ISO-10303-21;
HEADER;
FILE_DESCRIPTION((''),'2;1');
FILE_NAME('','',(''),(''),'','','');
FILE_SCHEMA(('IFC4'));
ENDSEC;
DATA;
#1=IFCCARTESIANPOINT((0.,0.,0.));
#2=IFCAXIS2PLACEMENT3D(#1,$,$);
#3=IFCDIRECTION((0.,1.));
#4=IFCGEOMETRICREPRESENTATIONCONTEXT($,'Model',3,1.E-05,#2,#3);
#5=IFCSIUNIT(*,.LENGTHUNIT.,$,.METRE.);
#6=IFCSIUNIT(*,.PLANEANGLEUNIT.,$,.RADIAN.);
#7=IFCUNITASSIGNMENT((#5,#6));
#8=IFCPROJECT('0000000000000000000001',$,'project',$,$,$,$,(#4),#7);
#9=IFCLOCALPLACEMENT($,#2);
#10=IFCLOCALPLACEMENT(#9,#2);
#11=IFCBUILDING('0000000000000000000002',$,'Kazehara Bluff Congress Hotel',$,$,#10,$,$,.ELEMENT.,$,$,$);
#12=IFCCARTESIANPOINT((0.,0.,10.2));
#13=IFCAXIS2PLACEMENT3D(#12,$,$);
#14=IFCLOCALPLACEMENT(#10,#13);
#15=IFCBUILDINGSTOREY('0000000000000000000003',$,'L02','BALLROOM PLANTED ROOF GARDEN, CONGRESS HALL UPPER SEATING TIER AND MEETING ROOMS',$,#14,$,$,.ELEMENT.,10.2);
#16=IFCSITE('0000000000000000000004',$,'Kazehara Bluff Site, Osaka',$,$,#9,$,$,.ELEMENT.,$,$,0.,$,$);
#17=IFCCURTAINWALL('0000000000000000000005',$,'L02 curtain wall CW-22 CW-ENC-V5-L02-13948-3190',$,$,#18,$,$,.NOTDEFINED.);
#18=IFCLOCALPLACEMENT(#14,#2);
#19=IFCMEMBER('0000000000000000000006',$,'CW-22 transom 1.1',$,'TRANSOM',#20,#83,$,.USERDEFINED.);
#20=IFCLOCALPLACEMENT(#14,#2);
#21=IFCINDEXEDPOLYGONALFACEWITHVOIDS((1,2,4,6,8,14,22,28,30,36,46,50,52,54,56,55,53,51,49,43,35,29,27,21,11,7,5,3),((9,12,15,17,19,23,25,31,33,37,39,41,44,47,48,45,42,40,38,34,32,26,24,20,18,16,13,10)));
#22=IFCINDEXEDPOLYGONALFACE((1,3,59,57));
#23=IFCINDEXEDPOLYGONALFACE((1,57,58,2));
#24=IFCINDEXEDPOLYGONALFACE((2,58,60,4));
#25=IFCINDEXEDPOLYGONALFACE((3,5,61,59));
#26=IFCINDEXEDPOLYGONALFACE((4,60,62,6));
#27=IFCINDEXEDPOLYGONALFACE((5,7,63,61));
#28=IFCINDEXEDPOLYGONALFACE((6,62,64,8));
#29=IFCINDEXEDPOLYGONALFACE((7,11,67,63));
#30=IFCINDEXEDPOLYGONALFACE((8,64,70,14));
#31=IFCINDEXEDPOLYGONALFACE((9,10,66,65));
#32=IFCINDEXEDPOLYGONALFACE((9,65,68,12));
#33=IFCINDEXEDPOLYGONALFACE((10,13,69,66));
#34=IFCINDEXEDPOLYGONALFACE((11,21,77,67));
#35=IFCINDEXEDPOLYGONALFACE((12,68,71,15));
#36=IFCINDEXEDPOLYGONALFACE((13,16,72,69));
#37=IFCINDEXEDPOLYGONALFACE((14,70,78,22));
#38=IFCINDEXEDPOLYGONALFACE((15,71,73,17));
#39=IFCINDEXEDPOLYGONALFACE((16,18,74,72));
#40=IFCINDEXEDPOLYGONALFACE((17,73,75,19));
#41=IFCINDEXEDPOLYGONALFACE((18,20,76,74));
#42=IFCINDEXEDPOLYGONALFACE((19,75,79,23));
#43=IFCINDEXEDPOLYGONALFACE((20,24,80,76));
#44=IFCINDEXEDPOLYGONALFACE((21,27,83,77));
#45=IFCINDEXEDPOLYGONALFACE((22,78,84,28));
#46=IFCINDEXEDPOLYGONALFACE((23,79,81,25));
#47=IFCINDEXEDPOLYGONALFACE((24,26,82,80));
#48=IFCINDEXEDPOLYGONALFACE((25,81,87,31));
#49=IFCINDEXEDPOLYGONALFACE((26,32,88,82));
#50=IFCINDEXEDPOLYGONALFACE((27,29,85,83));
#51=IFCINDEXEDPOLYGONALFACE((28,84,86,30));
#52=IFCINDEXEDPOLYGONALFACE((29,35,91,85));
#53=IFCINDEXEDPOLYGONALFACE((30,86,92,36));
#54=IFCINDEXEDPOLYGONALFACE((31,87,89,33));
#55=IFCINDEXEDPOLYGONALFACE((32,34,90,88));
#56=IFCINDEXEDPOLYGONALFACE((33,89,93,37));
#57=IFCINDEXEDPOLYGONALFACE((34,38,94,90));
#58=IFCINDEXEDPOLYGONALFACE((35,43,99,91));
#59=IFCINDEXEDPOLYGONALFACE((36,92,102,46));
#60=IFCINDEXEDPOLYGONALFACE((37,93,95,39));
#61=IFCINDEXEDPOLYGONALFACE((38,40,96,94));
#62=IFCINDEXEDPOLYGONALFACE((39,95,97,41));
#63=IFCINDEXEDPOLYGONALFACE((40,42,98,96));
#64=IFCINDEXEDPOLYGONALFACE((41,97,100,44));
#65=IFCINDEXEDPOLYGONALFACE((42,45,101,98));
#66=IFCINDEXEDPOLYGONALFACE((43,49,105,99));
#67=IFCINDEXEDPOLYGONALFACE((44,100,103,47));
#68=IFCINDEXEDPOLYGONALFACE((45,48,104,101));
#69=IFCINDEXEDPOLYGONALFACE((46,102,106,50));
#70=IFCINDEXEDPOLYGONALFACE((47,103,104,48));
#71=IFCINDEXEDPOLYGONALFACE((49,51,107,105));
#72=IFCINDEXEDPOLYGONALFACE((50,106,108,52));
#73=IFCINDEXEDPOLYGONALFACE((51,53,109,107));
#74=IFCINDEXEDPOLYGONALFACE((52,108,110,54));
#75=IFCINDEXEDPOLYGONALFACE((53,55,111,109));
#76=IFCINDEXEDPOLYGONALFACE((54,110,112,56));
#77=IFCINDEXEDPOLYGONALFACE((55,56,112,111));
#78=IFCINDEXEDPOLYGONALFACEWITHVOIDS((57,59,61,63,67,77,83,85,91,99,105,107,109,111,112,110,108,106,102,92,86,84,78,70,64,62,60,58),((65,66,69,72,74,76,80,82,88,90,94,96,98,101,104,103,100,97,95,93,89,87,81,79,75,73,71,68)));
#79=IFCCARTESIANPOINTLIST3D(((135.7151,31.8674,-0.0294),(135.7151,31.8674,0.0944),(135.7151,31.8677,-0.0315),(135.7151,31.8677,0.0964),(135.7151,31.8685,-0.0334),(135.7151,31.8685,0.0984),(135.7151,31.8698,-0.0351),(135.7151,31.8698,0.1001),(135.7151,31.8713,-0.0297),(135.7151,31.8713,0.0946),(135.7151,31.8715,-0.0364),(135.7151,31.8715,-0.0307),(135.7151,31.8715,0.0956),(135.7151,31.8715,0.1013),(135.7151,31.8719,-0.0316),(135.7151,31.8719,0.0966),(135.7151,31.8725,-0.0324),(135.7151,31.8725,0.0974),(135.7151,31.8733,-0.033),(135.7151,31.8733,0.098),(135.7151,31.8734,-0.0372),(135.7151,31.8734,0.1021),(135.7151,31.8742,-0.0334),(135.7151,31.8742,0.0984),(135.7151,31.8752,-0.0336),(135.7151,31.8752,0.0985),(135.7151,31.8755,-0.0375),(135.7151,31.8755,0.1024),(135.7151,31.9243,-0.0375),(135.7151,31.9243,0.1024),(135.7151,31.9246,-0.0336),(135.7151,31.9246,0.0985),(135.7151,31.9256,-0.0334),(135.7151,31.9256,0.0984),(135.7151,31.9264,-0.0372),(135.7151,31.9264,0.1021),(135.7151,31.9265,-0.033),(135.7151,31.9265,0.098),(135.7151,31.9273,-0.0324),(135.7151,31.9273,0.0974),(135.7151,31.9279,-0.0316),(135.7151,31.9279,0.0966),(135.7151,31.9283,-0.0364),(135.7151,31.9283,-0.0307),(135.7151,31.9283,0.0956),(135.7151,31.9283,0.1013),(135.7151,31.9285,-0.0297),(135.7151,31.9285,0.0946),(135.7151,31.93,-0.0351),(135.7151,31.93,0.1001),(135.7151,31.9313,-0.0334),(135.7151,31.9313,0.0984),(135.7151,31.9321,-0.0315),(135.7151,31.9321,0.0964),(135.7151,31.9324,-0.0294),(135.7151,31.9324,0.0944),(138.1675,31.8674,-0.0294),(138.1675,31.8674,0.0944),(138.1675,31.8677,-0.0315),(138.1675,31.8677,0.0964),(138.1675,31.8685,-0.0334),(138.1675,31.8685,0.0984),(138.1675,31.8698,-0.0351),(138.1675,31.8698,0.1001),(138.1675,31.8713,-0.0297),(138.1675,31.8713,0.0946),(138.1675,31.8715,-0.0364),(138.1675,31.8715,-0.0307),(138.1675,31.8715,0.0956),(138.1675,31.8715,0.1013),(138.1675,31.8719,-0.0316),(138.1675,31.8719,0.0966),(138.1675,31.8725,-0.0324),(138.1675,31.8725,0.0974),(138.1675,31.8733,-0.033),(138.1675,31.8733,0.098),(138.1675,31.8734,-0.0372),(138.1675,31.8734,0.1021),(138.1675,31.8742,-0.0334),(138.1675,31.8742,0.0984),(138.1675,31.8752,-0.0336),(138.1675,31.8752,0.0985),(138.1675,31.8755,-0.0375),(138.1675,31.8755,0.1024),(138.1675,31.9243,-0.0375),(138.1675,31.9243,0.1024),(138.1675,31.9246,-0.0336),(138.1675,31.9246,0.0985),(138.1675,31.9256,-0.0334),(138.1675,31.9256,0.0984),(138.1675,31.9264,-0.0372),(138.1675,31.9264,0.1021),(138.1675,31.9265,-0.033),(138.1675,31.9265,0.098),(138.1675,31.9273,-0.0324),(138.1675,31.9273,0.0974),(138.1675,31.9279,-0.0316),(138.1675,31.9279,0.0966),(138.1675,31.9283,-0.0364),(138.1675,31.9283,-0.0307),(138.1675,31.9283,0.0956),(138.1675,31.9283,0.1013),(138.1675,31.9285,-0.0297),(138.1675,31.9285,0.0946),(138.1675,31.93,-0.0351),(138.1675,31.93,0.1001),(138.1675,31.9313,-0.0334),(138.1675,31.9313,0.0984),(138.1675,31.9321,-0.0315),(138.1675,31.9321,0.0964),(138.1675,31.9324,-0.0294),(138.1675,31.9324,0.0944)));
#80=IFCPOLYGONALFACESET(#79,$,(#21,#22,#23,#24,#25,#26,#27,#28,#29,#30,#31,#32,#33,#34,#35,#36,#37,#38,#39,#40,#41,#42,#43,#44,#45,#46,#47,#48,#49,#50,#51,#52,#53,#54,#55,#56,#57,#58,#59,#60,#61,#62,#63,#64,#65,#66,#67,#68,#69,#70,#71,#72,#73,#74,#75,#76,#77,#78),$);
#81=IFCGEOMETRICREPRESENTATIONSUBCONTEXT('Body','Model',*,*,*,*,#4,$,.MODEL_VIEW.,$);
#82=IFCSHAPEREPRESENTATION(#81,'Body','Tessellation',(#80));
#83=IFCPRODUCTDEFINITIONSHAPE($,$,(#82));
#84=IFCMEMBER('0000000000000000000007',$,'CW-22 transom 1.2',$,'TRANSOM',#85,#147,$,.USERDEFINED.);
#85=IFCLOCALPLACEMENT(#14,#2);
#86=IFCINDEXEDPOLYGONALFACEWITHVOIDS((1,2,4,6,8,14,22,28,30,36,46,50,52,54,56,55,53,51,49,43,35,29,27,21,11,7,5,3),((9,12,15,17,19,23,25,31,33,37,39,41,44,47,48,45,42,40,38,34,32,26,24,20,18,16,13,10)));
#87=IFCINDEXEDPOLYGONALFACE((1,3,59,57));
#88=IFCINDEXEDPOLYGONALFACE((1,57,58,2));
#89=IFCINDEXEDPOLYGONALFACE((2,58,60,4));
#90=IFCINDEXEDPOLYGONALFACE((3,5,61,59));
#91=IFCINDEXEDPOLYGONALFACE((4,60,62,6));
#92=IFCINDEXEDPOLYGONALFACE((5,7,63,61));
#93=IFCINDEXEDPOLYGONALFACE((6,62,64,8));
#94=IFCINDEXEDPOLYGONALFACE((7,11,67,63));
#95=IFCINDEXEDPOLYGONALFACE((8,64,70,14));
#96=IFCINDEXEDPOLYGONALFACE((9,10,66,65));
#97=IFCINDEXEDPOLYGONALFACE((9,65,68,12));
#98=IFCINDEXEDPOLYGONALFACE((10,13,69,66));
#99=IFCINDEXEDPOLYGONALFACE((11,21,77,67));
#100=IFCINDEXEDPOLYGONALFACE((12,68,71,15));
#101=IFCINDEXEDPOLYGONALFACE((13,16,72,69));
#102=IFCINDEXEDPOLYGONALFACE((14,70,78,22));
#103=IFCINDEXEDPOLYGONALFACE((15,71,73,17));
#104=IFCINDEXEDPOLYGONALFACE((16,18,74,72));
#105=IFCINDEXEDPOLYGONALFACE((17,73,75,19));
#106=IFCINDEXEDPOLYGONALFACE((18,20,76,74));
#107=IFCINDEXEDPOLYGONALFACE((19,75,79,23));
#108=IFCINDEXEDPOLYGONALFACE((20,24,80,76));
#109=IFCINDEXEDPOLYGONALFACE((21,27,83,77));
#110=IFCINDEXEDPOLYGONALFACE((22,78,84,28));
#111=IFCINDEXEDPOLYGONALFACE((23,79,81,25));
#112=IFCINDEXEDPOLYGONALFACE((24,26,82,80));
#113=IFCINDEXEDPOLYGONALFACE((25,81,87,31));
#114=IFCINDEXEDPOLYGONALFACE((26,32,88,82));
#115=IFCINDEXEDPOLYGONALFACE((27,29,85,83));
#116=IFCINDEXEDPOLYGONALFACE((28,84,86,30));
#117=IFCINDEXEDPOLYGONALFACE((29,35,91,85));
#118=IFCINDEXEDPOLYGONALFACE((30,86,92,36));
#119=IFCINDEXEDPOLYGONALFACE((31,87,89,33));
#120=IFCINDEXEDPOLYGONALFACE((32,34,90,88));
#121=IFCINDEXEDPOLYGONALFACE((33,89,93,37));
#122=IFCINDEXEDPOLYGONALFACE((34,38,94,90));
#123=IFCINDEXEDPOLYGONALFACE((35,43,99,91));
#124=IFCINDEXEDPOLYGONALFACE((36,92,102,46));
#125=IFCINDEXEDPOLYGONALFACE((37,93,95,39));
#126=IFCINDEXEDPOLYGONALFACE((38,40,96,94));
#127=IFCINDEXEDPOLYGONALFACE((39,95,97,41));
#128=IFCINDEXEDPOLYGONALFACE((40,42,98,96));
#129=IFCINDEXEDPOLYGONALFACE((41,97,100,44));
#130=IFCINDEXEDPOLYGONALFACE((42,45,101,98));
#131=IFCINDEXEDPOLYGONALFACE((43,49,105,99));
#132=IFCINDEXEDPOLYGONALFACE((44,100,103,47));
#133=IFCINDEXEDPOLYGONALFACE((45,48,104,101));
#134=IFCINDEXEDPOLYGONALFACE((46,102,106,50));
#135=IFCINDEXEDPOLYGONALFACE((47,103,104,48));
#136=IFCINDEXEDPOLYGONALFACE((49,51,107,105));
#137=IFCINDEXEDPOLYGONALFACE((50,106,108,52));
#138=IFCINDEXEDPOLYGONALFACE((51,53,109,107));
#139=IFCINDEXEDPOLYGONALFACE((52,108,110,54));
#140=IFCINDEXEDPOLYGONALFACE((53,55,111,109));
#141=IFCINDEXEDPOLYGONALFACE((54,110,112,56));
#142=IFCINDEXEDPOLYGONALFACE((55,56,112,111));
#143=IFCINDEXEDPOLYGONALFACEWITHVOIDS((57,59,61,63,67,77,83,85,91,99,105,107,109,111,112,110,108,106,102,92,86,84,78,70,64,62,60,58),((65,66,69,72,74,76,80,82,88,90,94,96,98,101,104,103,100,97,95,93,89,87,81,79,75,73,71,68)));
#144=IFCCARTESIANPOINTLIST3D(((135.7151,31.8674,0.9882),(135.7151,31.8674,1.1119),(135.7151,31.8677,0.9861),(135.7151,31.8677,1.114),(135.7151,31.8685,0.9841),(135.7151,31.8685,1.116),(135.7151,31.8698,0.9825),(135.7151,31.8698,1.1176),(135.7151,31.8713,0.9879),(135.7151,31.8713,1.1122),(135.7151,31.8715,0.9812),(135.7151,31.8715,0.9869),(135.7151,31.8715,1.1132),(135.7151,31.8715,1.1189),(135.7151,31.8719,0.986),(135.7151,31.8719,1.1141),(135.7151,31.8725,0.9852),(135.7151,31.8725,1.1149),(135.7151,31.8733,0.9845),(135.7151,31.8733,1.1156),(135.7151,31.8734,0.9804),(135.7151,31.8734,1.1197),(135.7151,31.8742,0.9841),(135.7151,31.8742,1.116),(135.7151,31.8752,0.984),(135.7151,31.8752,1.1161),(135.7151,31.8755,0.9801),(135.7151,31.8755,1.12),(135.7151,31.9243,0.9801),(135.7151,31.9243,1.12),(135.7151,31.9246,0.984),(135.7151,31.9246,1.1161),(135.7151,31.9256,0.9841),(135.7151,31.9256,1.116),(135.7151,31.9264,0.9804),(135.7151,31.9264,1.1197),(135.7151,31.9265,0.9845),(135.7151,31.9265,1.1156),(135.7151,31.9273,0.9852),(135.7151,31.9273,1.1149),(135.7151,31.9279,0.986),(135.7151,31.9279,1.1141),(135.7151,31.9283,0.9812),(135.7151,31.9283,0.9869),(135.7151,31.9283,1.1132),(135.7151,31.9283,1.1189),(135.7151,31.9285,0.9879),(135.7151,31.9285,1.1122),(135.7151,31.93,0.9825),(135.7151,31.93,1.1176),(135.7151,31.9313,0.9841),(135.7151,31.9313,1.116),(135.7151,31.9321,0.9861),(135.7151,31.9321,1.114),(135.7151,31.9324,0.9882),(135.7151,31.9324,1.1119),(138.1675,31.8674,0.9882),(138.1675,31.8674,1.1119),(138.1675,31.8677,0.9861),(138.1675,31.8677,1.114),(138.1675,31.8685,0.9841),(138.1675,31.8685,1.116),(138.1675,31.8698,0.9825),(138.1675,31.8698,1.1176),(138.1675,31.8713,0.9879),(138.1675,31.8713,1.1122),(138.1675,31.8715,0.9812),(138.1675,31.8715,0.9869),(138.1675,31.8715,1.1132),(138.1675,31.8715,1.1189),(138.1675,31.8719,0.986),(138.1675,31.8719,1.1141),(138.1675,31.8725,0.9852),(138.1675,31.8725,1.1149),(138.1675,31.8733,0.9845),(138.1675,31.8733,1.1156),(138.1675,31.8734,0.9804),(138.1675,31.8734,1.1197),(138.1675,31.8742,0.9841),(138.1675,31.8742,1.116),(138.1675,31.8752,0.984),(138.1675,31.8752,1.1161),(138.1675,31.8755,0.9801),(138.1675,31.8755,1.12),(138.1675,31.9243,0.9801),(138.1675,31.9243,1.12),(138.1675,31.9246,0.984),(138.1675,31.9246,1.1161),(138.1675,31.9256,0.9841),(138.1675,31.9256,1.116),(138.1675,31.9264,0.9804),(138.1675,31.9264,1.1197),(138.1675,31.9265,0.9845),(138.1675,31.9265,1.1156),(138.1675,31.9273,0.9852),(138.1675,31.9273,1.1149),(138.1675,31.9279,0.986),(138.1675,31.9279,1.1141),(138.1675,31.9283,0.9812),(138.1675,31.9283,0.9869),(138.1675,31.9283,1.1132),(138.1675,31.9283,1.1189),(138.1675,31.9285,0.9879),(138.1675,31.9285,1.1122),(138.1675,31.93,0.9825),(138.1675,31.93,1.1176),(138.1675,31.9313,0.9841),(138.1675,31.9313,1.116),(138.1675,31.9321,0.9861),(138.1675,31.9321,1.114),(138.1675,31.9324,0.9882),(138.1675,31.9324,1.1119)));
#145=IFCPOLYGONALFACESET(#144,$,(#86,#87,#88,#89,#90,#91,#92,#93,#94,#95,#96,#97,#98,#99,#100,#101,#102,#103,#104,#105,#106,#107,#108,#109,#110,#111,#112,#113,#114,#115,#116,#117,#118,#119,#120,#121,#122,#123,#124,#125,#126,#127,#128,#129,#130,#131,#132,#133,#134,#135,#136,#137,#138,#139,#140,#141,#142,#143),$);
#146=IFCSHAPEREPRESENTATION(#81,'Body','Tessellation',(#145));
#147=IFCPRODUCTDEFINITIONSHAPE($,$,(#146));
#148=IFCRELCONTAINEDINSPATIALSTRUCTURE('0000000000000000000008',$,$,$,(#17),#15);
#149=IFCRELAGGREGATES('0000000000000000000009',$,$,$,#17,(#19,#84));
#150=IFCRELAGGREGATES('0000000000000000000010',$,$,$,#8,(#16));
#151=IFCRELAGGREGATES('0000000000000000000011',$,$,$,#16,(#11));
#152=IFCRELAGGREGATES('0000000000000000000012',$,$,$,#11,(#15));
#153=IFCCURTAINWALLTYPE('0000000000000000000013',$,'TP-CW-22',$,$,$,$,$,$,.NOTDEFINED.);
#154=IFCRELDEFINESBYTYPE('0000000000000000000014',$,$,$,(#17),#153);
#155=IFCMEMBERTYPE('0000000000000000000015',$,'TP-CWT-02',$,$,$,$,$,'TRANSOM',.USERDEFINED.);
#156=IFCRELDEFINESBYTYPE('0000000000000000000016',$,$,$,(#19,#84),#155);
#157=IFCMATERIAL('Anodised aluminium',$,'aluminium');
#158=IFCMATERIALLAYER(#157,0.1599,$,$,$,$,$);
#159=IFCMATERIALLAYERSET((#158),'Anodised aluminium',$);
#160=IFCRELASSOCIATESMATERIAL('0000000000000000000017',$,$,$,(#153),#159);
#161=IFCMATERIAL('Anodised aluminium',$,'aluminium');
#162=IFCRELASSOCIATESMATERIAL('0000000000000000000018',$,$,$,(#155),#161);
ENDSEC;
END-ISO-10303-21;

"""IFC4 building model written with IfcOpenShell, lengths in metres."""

from ifc_helpers import new_model, si_unit, direction, frame, origin, origin_2d, place, context, subcontext, project, spatial, hollow_rectangle, extrude, material, layer, layer_set, material_profile, profile_set, type_object, element, aggregate, save


model = new_model("IFC4")

# Units and contexts
model_context = context("Model", 3, precision=1e-05, world=origin(), true_north=direction((0.0, 1.0)))
body_context = subcontext(model_context, "Body", "Model", "MODEL_VIEW")
ifc_project = project(units=[si_unit("LENGTHUNIT", "METRE"), si_unit("PLANEANGLEUNIT", "RADIAN")], contexts=[model_context])

# Site, building, storey
site_placement = place(None, origin())
site = spatial("IfcSite", under=ifc_project, at=site_placement, Name="Kazehara Bluff Site, Osaka", CompositionType="ELEMENT", RefElevation=0.0)
building_placement = place(site_placement, origin())
building = spatial("IfcBuilding", under=site, at=building_placement, Name="Kazehara Bluff Congress Hotel", CompositionType="ELEMENT")
storey_placement = place(building_placement, frame((0.0, 0.0, 10.2)))
storey = spatial("IfcBuildingStorey", under=building, at=storey_placement, Name="L02", Description="BALLROOM PLANTED ROOF GARDEN, CONGRESS HALL UPPER SEATING TIER AND MEETING ROOMS", CompositionType="ELEMENT", Elevation=10.2)

# Shared definitions
ifc_material_1 = material(Name="Anodised aluminium", Category="aluminium")
ifc_layer_1 = layer(ifc_material_1, 0.1599)
ifc_layer_set_1 = layer_set([ifc_layer_1], Name="Anodised aluminium")
curtain_wall_type = type_object("IfcCurtainWallType", Name="TP-CW-22", PredefinedType="NOTDEFINED", material=ifc_layer_set_1)

# Curtain wall, members
curtain_wall_1_placement = place(storey_placement, origin())
curtain_wall_1 = element("IfcCurtainWall", 1, at=curtain_wall_1_placement, inside=storey, type_object=curtain_wall_type, Name="L02 curtain wall CW-22 CW-ENC-V5-L02-13948-3190", PredefinedType="NOTDEFINED")
ifc_material_2 = material(Name="Anodised aluminium", Category="aluminium")
ifc_material_profile_1 = material_profile(ifc_material_2, hollow_rectangle(XDim=0.0649, YDim=0.1399, WallThickness=0.0039, InnerFilletRadius=0.0039, OuterFilletRadius=0.0081, at=origin_2d()))
ifc_profile_set_1 = profile_set([ifc_material_profile_1], Name="Anodised aluminium")
member_type_1 = type_object("IfcMemberType", Name="TP-CWT-02", ElementType="TRANSOM", PredefinedType="USERDEFINED", material=ifc_profile_set_1)
member_1_placement = place(storey_placement, frame((135.7151, 31.8999, 0.0325), z_axis=(1.0, 0.0, 0.0), x_axis=(0.0, 1.0, 0.0)))
member_1 = element("IfcMember", 2, at=member_1_placement, type_object=member_type_1, Name="CW-22 transom 1.1", ObjectType="TRANSOM", PredefinedType="USERDEFINED", context=body_context, shape_type="SweptSolid", body=[
    extrude(hollow_rectangle(XDim=0.0649, YDim=0.1399, WallThickness=0.0039, InnerFilletRadius=0.0039, OuterFilletRadius=0.0081, at=origin_2d()), origin(), (0.0, 0.0, 1.0), 2.4524),
])
member_2_placement = place(storey_placement, frame((135.7151, 31.8999, 1.05), z_axis=(1.0, 0.0, 0.0), x_axis=(0.0, 1.0, 0.0)))
member_2 = element("IfcMember", 3, at=member_2_placement, type_object=member_type_1, Name="CW-22 transom 1.2", ObjectType="TRANSOM", PredefinedType="USERDEFINED", context=body_context, shape_type="SweptSolid", body=[
    extrude(hollow_rectangle(XDim=0.0649, YDim=0.1399, WallThickness=0.0039, InnerFilletRadius=0.0039, OuterFilletRadius=0.0081, at=origin_2d()), origin(), (0.0, 0.0, 1.0), 2.4524),
])
aggregate(curtain_wall_1, [member_1, member_2])

save(model, "model.ifc")
